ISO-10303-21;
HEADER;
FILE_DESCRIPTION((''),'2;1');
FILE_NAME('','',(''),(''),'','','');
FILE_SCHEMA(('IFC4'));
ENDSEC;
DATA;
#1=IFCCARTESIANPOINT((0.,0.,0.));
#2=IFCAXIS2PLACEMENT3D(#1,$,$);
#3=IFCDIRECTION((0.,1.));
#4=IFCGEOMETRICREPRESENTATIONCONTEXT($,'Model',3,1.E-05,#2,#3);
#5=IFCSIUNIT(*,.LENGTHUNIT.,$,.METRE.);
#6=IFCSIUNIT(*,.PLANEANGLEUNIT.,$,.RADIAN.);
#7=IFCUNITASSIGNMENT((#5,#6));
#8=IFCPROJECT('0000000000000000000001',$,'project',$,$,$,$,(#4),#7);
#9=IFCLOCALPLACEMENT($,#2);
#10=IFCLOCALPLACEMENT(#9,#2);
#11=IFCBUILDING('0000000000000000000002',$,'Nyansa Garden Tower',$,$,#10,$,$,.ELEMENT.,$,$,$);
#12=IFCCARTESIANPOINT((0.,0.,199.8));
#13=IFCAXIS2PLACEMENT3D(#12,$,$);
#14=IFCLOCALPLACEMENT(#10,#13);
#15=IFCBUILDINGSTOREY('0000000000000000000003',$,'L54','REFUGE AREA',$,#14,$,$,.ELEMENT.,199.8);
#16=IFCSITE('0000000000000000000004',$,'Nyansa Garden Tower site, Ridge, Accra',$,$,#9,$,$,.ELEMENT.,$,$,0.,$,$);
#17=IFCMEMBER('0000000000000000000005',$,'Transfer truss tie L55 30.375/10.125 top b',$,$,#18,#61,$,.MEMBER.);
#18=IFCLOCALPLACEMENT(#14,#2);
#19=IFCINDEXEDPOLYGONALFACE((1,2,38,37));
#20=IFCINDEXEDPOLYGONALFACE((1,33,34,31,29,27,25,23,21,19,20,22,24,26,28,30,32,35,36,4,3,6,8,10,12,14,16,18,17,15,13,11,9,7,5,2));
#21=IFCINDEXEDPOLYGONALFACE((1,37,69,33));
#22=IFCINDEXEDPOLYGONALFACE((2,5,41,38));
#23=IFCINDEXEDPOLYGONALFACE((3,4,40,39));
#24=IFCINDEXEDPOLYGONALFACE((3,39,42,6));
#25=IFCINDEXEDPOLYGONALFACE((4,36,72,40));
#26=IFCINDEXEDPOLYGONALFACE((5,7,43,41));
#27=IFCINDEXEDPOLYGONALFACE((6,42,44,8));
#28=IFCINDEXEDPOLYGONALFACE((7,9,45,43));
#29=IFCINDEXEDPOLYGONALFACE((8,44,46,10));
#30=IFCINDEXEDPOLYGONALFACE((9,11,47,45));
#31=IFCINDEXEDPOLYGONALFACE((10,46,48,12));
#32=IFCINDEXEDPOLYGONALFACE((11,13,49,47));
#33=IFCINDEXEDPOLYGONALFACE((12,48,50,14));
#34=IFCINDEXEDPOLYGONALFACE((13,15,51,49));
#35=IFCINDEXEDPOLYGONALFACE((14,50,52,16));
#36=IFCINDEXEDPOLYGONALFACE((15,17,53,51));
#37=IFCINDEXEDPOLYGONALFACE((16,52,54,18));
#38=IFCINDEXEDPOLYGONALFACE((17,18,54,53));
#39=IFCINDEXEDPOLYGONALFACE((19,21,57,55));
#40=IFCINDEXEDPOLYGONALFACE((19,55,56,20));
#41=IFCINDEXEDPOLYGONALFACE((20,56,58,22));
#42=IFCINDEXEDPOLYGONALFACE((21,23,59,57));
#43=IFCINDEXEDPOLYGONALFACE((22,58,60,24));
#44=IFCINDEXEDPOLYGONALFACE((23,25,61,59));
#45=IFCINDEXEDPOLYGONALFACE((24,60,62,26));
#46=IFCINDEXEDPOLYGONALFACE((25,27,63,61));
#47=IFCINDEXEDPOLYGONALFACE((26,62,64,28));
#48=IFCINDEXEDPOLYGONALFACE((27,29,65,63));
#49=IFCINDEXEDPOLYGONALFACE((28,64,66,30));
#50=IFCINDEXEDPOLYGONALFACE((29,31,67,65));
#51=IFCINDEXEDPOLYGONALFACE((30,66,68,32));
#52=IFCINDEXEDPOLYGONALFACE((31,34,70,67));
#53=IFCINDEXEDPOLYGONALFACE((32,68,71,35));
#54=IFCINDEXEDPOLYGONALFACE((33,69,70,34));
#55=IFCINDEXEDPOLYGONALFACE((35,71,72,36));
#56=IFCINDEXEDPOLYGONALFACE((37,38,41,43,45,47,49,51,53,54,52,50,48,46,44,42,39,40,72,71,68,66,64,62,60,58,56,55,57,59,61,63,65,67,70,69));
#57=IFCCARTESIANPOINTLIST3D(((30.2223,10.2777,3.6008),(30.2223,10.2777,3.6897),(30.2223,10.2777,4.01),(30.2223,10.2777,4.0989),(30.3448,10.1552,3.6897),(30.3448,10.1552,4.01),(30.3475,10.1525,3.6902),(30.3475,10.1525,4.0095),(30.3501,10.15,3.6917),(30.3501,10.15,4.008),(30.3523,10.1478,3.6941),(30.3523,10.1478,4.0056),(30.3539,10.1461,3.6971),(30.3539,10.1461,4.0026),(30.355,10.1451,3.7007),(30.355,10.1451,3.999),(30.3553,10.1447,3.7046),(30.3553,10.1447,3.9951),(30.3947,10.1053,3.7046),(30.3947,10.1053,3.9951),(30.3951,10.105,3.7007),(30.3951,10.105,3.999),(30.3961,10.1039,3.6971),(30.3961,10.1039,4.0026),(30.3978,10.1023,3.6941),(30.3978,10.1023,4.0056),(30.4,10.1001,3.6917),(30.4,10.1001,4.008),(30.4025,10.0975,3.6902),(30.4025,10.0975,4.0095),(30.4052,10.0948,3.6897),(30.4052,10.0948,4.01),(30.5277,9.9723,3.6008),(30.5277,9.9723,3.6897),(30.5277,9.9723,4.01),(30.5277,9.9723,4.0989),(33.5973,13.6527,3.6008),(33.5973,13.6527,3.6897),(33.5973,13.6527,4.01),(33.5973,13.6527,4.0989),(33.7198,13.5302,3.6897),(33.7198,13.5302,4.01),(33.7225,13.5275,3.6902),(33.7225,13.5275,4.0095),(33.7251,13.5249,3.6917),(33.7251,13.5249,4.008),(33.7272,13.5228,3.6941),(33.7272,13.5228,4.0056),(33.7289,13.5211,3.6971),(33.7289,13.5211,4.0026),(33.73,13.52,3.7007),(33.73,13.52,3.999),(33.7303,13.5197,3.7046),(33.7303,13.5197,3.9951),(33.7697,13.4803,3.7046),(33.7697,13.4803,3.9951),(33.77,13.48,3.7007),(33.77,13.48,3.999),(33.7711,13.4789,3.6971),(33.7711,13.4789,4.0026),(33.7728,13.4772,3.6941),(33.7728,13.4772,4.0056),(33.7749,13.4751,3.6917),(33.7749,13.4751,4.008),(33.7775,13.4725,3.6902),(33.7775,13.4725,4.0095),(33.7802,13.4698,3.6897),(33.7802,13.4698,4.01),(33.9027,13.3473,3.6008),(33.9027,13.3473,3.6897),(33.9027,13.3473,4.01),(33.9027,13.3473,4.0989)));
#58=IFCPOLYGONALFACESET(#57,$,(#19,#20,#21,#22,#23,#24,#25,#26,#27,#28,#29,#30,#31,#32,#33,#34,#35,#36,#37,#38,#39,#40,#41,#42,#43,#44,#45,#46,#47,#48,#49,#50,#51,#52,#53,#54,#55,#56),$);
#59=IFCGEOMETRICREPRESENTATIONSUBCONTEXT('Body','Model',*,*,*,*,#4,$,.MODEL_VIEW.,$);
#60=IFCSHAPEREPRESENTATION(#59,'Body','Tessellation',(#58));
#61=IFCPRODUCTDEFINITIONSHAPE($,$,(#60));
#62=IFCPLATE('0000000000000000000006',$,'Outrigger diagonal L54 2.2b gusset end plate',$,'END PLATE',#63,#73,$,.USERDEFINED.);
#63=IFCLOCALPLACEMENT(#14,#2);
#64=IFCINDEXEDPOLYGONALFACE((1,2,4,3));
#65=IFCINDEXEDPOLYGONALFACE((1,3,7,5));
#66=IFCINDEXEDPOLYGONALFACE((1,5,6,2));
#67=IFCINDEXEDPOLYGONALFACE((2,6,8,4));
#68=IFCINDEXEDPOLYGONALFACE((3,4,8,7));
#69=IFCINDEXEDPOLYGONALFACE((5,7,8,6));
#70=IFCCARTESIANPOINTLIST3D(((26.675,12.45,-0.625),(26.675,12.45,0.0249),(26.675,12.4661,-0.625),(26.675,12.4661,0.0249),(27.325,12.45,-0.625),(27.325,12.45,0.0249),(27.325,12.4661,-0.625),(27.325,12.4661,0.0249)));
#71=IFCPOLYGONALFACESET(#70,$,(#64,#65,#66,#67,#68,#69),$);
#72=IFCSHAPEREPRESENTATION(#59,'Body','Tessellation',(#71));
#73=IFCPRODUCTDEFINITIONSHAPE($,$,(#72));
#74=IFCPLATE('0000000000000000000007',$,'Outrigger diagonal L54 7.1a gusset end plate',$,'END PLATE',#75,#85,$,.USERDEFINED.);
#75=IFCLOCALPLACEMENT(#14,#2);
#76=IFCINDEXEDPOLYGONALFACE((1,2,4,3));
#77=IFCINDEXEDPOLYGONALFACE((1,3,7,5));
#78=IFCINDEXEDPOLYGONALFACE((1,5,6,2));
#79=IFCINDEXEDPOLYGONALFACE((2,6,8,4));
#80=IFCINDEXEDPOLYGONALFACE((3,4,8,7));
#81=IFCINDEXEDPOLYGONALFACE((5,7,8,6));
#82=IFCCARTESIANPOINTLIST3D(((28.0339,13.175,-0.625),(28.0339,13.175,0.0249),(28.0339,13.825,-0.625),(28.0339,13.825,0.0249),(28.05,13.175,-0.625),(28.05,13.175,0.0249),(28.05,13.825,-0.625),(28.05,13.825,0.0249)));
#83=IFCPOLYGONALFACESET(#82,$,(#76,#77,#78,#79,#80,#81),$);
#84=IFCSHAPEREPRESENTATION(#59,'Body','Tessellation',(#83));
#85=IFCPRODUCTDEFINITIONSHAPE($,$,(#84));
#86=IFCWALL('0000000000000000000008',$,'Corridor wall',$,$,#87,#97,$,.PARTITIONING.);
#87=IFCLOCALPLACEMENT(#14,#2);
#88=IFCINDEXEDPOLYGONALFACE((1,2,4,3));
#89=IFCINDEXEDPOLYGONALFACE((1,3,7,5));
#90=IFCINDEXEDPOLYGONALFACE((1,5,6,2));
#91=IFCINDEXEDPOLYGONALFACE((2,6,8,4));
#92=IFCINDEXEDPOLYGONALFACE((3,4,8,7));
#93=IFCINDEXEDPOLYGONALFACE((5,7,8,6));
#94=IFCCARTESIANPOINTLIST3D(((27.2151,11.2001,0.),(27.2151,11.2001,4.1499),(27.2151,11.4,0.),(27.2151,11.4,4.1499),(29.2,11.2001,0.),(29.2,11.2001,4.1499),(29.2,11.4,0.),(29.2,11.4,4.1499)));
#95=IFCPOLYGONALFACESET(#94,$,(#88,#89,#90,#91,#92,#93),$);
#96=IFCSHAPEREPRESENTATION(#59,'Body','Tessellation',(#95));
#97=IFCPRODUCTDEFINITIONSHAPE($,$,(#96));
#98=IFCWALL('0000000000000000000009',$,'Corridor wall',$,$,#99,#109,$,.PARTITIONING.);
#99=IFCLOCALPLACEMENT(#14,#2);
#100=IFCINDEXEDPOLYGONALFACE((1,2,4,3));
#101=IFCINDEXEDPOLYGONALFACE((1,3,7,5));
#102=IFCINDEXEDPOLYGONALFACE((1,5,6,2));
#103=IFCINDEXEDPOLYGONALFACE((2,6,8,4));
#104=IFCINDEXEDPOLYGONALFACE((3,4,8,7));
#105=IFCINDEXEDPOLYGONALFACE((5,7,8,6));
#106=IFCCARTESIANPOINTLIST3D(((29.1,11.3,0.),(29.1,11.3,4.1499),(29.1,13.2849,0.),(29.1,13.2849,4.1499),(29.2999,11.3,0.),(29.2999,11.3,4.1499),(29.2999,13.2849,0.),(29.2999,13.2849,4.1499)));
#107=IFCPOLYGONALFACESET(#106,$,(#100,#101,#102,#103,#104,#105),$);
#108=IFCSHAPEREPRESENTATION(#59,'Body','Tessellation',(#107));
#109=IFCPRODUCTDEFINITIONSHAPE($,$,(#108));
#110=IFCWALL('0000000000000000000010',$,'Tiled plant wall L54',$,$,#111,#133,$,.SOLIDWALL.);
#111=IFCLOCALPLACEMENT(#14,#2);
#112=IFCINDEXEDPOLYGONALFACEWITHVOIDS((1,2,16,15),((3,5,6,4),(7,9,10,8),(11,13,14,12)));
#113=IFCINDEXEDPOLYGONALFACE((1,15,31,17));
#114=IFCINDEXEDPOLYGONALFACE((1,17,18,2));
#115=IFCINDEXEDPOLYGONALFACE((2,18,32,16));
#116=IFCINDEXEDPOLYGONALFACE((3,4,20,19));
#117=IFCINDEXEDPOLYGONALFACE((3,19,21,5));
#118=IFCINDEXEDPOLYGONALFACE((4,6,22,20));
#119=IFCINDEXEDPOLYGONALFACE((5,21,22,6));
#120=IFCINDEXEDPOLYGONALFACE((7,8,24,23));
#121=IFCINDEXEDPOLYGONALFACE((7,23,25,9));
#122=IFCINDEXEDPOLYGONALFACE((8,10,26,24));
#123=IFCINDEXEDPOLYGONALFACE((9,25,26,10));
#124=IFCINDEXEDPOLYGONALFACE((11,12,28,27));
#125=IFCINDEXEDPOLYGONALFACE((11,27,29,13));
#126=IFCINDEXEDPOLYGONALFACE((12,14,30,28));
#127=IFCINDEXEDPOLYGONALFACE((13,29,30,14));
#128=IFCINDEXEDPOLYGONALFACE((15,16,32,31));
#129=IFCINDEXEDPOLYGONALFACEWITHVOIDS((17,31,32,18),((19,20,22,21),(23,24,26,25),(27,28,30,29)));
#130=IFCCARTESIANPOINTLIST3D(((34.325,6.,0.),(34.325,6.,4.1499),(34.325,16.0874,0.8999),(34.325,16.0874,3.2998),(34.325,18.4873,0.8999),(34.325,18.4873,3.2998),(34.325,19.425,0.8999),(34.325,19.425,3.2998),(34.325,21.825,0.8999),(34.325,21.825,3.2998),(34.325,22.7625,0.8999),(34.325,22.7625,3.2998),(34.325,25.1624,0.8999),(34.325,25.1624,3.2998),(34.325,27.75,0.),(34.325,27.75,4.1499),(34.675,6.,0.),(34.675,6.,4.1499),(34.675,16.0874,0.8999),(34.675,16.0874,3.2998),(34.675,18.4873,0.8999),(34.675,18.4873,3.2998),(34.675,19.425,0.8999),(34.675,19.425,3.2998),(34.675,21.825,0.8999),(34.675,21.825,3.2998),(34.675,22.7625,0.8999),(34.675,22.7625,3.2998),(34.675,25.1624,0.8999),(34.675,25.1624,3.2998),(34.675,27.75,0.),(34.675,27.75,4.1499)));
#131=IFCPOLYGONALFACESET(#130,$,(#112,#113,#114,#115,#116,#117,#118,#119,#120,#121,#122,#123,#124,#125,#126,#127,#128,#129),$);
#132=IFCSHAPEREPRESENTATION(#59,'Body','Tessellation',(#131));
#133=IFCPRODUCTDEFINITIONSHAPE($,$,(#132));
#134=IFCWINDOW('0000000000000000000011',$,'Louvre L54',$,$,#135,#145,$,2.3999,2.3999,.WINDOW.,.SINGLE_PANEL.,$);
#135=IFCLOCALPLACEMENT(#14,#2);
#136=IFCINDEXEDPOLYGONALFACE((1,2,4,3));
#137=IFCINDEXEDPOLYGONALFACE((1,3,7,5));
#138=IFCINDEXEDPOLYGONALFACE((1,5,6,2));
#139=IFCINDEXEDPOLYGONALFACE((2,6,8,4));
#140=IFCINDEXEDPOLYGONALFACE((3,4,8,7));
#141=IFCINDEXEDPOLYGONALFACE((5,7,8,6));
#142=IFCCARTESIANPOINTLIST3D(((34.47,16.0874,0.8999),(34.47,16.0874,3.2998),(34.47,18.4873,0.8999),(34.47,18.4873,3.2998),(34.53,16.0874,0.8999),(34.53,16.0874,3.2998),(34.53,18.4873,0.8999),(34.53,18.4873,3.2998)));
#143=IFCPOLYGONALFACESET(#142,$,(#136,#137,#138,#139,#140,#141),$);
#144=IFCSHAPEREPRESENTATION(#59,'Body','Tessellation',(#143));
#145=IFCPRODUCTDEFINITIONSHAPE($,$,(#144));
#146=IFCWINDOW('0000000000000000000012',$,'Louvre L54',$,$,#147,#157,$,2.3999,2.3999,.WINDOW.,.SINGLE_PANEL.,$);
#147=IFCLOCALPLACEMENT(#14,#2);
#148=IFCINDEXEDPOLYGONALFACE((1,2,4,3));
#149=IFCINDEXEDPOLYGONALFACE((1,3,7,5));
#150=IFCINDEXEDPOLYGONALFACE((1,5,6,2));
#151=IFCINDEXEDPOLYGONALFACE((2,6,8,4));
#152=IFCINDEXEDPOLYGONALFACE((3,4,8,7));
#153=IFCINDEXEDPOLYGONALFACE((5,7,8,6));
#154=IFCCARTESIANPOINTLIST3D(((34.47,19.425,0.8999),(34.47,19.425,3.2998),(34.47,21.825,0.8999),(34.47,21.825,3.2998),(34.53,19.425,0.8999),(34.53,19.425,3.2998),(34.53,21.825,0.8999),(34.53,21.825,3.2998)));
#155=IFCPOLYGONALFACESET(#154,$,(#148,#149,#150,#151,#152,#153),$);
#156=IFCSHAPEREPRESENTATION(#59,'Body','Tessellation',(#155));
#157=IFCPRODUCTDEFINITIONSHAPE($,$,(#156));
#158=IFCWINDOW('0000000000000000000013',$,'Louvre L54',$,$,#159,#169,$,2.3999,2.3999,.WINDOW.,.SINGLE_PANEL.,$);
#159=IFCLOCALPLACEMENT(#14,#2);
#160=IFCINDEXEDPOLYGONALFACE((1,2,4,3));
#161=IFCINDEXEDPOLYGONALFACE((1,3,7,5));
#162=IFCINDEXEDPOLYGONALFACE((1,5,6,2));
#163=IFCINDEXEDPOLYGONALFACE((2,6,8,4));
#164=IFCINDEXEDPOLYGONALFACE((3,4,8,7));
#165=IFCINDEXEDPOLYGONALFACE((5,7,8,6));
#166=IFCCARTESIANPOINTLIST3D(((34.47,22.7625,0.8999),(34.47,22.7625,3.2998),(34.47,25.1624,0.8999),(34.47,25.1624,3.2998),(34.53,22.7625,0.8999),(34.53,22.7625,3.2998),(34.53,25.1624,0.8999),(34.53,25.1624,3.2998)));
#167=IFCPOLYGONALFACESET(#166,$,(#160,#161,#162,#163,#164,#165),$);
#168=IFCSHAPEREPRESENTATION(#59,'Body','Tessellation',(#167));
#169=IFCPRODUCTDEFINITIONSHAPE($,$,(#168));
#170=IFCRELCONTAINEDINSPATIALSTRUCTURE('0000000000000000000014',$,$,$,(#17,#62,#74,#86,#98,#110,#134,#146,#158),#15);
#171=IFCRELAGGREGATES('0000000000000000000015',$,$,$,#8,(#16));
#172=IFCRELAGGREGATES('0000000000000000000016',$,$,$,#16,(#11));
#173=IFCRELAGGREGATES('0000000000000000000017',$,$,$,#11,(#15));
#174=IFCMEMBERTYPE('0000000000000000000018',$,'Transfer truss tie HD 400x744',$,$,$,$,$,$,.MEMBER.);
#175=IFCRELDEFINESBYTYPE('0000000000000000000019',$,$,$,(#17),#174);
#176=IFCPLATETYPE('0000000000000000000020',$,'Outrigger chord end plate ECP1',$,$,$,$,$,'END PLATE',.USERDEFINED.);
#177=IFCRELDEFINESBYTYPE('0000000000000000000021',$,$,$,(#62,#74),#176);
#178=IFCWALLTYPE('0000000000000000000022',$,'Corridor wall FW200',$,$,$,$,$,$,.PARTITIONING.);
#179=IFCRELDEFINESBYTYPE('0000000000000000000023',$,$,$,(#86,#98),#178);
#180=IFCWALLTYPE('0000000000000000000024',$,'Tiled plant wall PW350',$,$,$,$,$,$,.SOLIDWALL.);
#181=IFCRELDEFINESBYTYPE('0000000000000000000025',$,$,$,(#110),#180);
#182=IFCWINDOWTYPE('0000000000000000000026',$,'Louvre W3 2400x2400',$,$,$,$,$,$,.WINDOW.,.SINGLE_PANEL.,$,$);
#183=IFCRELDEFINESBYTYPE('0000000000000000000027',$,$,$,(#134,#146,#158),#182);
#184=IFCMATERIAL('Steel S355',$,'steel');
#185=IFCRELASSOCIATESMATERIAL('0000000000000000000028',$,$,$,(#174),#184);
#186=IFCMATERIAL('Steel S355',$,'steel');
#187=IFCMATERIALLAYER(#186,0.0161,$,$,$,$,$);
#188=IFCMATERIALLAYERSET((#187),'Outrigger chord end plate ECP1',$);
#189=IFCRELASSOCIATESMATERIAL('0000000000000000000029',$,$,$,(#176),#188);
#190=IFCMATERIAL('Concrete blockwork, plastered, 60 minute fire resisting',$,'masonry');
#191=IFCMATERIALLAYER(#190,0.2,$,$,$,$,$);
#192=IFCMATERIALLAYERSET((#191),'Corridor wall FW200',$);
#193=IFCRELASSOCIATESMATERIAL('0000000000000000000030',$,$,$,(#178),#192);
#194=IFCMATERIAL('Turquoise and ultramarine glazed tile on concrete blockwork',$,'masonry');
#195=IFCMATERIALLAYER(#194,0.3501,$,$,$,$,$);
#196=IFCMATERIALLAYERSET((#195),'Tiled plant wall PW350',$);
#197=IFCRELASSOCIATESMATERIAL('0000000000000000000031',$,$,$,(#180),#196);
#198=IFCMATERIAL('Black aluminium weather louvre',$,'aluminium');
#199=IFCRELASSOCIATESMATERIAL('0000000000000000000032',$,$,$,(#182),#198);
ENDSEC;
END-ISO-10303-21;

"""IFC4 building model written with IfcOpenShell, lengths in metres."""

from ifc_helpers import new_model, si_unit, direction, frame, frame_2d, origin, origin_2d, place, context, subcontext, project, spatial, rectangle, i_section, extrude, material, layer, layer_set, material_profile, profile_set, type_object, element, fill, save


model = new_model("IFC4")

# Units and contexts
model_context = context("Model", 3, precision=1e-05, world=origin(), true_north=direction((0.0, 1.0)))
body_context = subcontext(model_context, "Body", "Model", "MODEL_VIEW")
ifc_project = project(units=[si_unit("LENGTHUNIT", "METRE"), si_unit("PLANEANGLEUNIT", "RADIAN")], contexts=[model_context])

# Site, building, storey
site_placement = place(None, origin())
site = spatial("IfcSite", under=ifc_project, at=site_placement, Name="Nyansa Garden Tower site, Ridge, Accra", CompositionType="ELEMENT", RefElevation=0.0)
building_placement = place(site_placement, origin())
building = spatial("IfcBuilding", under=site, at=building_placement, Name="Nyansa Garden Tower", CompositionType="ELEMENT")
storey_placement = place(building_placement, frame((0.0, 0.0, 199.8)))
storey = spatial("IfcBuildingStorey", under=building, at=storey_placement, Name="L54", Description="REFUGE AREA", CompositionType="ELEMENT", Elevation=199.8)

# Member
ifc_material_1 = material(Name="Steel S355", Category="steel")
ifc_material_profile_1 = material_profile(ifc_material_1, i_section(OverallWidth=0.4319, OverallDepth=0.498, WebThickness=0.0557, FlangeThickness=0.0889, FilletRadius=0.0149, at=origin_2d()), Name="HD 400x744")
ifc_profile_set_1 = profile_set([ifc_material_profile_1], Name="Steel S355")
member_type_1 = type_object("IfcMemberType", Name="Transfer truss tie HD 400x744", PredefinedType="MEMBER", material=ifc_profile_set_1)
member_1_placement = place(storey_placement, frame((33.75, 13.5, 3.8499), z_axis=(-0.707107, -0.707107, 0.0), x_axis=(0.707107, -0.707107, 0.0)))
element("IfcMember", 1, at=member_1_placement, inside=storey, type_object=member_type_1, Name="Transfer truss tie L55 30.375/10.125 top b", PredefinedType="MEMBER", context=body_context, shape_type="SweptSolid", body=[
    extrude(i_section(OverallWidth=0.4319, OverallDepth=0.498, WebThickness=0.0557, FlangeThickness=0.0889, FilletRadius=0.0149, at=origin_2d()), origin(), (0.0, 0.0, 1.0), 4.7729),
])

# Plates
ifc_material_2 = material(Name="Steel S355", Category="steel")
ifc_layer_1 = layer(ifc_material_2, 0.0161)
ifc_layer_set_1 = layer_set([ifc_layer_1], Name="Outrigger chord end plate ECP1")
plate_type = type_object("IfcPlateType", Name="Outrigger chord end plate ECP1", ElementType="END PLATE", PredefinedType="USERDEFINED", material=ifc_layer_set_1)
plate_1_placement = place(storey_placement, frame((27.0, 12.458, -0.625), z_axis=(0.0, 0.0, 1.0), x_axis=(1.0, 0.0, 0.0)))
element("IfcPlate", 2, at=plate_1_placement, inside=storey, type_object=plate_type, Name="Outrigger diagonal L54 2.2b gusset end plate", ObjectType="END PLATE", PredefinedType="USERDEFINED", context=body_context, shape_type="SweptSolid", body=[
    extrude(rectangle(XDim=0.6499, YDim=0.0161, at=origin_2d()), origin(), (0.0, 0.0, 1.0), 0.6499),
])
plate_2_placement = place(storey_placement, frame((28.042, 13.5, -0.625), z_axis=(0.0, 0.0, 1.0), x_axis=(1.0, 0.0, 0.0)))
element("IfcPlate", 3, at=plate_2_placement, inside=storey, type_object=plate_type, Name="Outrigger diagonal L54 7.1a gusset end plate", ObjectType="END PLATE", PredefinedType="USERDEFINED", context=body_context, shape_type="SweptSolid", body=[
    extrude(rectangle(XDim=0.0161, YDim=0.6499, at=origin_2d()), origin(), (0.0, 0.0, 1.0), 0.6499),
])

# Walls
ifc_material_3 = material(Name="Concrete blockwork, plastered, 60 minute fire resisting", Category="masonry")
ifc_layer_2 = layer(ifc_material_3, 0.2)
ifc_layer_set_2 = layer_set([ifc_layer_2], Name="Corridor wall FW200")
wall_type_1 = type_object("IfcWallType", Name="Corridor wall FW200", PredefinedType="PARTITIONING", material=ifc_layer_set_2)
for number, where, z_axis, x_axis, name in (
    (4, (27.2151, 11.3, 0.0), (0.0, 0.0, 1.0), (1.0, 0.0, 0.0), "Corridor wall"),
    (5, (29.2, 11.3, 0.0), (0.0, 0.0, 1.0), (0.0, 1.0, 0.0), "Corridor wall"),
):
    element("IfcWall", number, at=place(storey_placement, frame(where, z_axis=z_axis, x_axis=x_axis)), inside=storey, type_object=wall_type_1, Name=name, PredefinedType="PARTITIONING", context=body_context, shape_type="SweptSolid", body=[
        extrude(rectangle(XDim=1.9849, YDim=0.2, at=frame_2d((0.9924, 0.0))), origin(), (0.0, 0.0, 1.0), 4.1499),
    ])

# Wall, openings, windows
ifc_material_4 = material(Name="Turquoise and ultramarine glazed tile on concrete blockwork", Category="masonry")
ifc_layer_3 = layer(ifc_material_4, 0.3501)
ifc_layer_set_3 = layer_set([ifc_layer_3], Name="Tiled plant wall PW350")
wall_type_2 = type_object("IfcWallType", Name="Tiled plant wall PW350", PredefinedType="SOLIDWALL", material=ifc_layer_set_3)
wall_1_placement = place(storey_placement, frame((34.5, 6.0, 0.0), z_axis=(0.0, 0.0, 1.0), x_axis=(0.0, 1.0, 0.0)))
wall_1 = element("IfcWall", 6, at=wall_1_placement, inside=storey, type_object=wall_type_2, Name="Tiled plant wall L54", PredefinedType="SOLIDWALL", context=body_context, shape_type="SweptSolid", body=[
    extrude(rectangle(XDim=21.75, YDim=0.3501, at=frame_2d((10.875, 0.0))), origin(), (0.0, 0.0, 1.0), 4.1499),
])
opening_1_placement = place(wall_1_placement, frame((10.0874, 0.0, 0.8999)))
opening_1 = element("IfcOpeningElement", 7, at=opening_1_placement, cuts=wall_1, PredefinedType="OPENING", context=body_context, shape_type="SweptSolid", body=[
    extrude(rectangle(XDim=2.3999, YDim=2.3999, at=frame_2d((1.2, 1.2))), frame((0.0, 0.1851, 0.0), z_axis=(0.0, -1.0, 0.0), x_axis=(1.0, 0.0, 0.0)), (0.0, 0.0, 1.0), 0.3701),
])
opening_2_placement = place(wall_1_placement, frame((13.425, 0.0, 0.8999)))
opening_2 = element("IfcOpeningElement", 8, at=opening_2_placement, cuts=wall_1, PredefinedType="OPENING", context=body_context, shape_type="SweptSolid", body=[
    extrude(rectangle(XDim=2.3999, YDim=2.3999, at=frame_2d((1.2, 1.2))), frame((0.0, 0.1851, 0.0), z_axis=(0.0, -1.0, 0.0), x_axis=(1.0, 0.0, 0.0)), (0.0, 0.0, 1.0), 0.3701),
])
opening_3_placement = place(wall_1_placement, frame((16.7625, 0.0, 0.8999)))
opening_3 = element("IfcOpeningElement", 9, at=opening_3_placement, cuts=wall_1, PredefinedType="OPENING", context=body_context, shape_type="SweptSolid", body=[
    extrude(rectangle(XDim=2.3999, YDim=2.3999, at=frame_2d((1.2, 1.2))), frame((0.0, 0.1851, 0.0), z_axis=(0.0, -1.0, 0.0), x_axis=(1.0, 0.0, 0.0)), (0.0, 0.0, 1.0), 0.3701),
])
ifc_material_5 = material(Name="Black aluminium weather louvre", Category="aluminium")
window_type = type_object("IfcWindowType", Name="Louvre W3 2400x2400", PartitioningType="SINGLE_PANEL", PredefinedType="WINDOW", material=ifc_material_5)
window_1_placement = place(opening_1_placement, origin())
window_1 = element("IfcWindow", 10, at=window_1_placement, inside=storey, type_object=window_type, Name="Louvre L54", OverallHeight=2.3999, OverallWidth=2.3999, PartitioningType="SINGLE_PANEL", PredefinedType="WINDOW", context=body_context, shape_type="SweptSolid", body=[
    extrude(rectangle(XDim=2.3999, YDim=2.3999, at=frame_2d((1.2, 1.2))), frame((0.0, 0.03, 0.0), z_axis=(0.0, -1.0, 0.0), x_axis=(1.0, 0.0, 0.0)), (0.0, 0.0, 1.0), 0.0601),
])
fill(opening_1, window_1)
window_2_placement = place(opening_2_placement, origin())
window_2 = element("IfcWindow", 11, at=window_2_placement, inside=storey, type_object=window_type, Name="Louvre L54", OverallHeight=2.3999, OverallWidth=2.3999, PartitioningType="SINGLE_PANEL", PredefinedType="WINDOW", context=body_context, shape_type="SweptSolid", body=[
    extrude(rectangle(XDim=2.3999, YDim=2.3999, at=frame_2d((1.2, 1.2))), frame((0.0, 0.03, 0.0), z_axis=(0.0, -1.0, 0.0), x_axis=(1.0, 0.0, 0.0)), (0.0, 0.0, 1.0), 0.0601),
])
fill(opening_2, window_2)
window_3_placement = place(opening_3_placement, origin())
window_3 = element("IfcWindow", 12, at=window_3_placement, inside=storey, type_object=window_type, Name="Louvre L54", OverallHeight=2.3999, OverallWidth=2.3999, PartitioningType="SINGLE_PANEL", PredefinedType="WINDOW", context=body_context, shape_type="SweptSolid", body=[
    extrude(rectangle(XDim=2.3999, YDim=2.3999, at=frame_2d((1.2, 1.2))), frame((0.0, 0.03, 0.0), z_axis=(0.0, -1.0, 0.0), x_axis=(1.0, 0.0, 0.0)), (0.0, 0.0, 1.0), 0.0601),
])
fill(opening_3, window_3)

save(model, "model.ifc")
